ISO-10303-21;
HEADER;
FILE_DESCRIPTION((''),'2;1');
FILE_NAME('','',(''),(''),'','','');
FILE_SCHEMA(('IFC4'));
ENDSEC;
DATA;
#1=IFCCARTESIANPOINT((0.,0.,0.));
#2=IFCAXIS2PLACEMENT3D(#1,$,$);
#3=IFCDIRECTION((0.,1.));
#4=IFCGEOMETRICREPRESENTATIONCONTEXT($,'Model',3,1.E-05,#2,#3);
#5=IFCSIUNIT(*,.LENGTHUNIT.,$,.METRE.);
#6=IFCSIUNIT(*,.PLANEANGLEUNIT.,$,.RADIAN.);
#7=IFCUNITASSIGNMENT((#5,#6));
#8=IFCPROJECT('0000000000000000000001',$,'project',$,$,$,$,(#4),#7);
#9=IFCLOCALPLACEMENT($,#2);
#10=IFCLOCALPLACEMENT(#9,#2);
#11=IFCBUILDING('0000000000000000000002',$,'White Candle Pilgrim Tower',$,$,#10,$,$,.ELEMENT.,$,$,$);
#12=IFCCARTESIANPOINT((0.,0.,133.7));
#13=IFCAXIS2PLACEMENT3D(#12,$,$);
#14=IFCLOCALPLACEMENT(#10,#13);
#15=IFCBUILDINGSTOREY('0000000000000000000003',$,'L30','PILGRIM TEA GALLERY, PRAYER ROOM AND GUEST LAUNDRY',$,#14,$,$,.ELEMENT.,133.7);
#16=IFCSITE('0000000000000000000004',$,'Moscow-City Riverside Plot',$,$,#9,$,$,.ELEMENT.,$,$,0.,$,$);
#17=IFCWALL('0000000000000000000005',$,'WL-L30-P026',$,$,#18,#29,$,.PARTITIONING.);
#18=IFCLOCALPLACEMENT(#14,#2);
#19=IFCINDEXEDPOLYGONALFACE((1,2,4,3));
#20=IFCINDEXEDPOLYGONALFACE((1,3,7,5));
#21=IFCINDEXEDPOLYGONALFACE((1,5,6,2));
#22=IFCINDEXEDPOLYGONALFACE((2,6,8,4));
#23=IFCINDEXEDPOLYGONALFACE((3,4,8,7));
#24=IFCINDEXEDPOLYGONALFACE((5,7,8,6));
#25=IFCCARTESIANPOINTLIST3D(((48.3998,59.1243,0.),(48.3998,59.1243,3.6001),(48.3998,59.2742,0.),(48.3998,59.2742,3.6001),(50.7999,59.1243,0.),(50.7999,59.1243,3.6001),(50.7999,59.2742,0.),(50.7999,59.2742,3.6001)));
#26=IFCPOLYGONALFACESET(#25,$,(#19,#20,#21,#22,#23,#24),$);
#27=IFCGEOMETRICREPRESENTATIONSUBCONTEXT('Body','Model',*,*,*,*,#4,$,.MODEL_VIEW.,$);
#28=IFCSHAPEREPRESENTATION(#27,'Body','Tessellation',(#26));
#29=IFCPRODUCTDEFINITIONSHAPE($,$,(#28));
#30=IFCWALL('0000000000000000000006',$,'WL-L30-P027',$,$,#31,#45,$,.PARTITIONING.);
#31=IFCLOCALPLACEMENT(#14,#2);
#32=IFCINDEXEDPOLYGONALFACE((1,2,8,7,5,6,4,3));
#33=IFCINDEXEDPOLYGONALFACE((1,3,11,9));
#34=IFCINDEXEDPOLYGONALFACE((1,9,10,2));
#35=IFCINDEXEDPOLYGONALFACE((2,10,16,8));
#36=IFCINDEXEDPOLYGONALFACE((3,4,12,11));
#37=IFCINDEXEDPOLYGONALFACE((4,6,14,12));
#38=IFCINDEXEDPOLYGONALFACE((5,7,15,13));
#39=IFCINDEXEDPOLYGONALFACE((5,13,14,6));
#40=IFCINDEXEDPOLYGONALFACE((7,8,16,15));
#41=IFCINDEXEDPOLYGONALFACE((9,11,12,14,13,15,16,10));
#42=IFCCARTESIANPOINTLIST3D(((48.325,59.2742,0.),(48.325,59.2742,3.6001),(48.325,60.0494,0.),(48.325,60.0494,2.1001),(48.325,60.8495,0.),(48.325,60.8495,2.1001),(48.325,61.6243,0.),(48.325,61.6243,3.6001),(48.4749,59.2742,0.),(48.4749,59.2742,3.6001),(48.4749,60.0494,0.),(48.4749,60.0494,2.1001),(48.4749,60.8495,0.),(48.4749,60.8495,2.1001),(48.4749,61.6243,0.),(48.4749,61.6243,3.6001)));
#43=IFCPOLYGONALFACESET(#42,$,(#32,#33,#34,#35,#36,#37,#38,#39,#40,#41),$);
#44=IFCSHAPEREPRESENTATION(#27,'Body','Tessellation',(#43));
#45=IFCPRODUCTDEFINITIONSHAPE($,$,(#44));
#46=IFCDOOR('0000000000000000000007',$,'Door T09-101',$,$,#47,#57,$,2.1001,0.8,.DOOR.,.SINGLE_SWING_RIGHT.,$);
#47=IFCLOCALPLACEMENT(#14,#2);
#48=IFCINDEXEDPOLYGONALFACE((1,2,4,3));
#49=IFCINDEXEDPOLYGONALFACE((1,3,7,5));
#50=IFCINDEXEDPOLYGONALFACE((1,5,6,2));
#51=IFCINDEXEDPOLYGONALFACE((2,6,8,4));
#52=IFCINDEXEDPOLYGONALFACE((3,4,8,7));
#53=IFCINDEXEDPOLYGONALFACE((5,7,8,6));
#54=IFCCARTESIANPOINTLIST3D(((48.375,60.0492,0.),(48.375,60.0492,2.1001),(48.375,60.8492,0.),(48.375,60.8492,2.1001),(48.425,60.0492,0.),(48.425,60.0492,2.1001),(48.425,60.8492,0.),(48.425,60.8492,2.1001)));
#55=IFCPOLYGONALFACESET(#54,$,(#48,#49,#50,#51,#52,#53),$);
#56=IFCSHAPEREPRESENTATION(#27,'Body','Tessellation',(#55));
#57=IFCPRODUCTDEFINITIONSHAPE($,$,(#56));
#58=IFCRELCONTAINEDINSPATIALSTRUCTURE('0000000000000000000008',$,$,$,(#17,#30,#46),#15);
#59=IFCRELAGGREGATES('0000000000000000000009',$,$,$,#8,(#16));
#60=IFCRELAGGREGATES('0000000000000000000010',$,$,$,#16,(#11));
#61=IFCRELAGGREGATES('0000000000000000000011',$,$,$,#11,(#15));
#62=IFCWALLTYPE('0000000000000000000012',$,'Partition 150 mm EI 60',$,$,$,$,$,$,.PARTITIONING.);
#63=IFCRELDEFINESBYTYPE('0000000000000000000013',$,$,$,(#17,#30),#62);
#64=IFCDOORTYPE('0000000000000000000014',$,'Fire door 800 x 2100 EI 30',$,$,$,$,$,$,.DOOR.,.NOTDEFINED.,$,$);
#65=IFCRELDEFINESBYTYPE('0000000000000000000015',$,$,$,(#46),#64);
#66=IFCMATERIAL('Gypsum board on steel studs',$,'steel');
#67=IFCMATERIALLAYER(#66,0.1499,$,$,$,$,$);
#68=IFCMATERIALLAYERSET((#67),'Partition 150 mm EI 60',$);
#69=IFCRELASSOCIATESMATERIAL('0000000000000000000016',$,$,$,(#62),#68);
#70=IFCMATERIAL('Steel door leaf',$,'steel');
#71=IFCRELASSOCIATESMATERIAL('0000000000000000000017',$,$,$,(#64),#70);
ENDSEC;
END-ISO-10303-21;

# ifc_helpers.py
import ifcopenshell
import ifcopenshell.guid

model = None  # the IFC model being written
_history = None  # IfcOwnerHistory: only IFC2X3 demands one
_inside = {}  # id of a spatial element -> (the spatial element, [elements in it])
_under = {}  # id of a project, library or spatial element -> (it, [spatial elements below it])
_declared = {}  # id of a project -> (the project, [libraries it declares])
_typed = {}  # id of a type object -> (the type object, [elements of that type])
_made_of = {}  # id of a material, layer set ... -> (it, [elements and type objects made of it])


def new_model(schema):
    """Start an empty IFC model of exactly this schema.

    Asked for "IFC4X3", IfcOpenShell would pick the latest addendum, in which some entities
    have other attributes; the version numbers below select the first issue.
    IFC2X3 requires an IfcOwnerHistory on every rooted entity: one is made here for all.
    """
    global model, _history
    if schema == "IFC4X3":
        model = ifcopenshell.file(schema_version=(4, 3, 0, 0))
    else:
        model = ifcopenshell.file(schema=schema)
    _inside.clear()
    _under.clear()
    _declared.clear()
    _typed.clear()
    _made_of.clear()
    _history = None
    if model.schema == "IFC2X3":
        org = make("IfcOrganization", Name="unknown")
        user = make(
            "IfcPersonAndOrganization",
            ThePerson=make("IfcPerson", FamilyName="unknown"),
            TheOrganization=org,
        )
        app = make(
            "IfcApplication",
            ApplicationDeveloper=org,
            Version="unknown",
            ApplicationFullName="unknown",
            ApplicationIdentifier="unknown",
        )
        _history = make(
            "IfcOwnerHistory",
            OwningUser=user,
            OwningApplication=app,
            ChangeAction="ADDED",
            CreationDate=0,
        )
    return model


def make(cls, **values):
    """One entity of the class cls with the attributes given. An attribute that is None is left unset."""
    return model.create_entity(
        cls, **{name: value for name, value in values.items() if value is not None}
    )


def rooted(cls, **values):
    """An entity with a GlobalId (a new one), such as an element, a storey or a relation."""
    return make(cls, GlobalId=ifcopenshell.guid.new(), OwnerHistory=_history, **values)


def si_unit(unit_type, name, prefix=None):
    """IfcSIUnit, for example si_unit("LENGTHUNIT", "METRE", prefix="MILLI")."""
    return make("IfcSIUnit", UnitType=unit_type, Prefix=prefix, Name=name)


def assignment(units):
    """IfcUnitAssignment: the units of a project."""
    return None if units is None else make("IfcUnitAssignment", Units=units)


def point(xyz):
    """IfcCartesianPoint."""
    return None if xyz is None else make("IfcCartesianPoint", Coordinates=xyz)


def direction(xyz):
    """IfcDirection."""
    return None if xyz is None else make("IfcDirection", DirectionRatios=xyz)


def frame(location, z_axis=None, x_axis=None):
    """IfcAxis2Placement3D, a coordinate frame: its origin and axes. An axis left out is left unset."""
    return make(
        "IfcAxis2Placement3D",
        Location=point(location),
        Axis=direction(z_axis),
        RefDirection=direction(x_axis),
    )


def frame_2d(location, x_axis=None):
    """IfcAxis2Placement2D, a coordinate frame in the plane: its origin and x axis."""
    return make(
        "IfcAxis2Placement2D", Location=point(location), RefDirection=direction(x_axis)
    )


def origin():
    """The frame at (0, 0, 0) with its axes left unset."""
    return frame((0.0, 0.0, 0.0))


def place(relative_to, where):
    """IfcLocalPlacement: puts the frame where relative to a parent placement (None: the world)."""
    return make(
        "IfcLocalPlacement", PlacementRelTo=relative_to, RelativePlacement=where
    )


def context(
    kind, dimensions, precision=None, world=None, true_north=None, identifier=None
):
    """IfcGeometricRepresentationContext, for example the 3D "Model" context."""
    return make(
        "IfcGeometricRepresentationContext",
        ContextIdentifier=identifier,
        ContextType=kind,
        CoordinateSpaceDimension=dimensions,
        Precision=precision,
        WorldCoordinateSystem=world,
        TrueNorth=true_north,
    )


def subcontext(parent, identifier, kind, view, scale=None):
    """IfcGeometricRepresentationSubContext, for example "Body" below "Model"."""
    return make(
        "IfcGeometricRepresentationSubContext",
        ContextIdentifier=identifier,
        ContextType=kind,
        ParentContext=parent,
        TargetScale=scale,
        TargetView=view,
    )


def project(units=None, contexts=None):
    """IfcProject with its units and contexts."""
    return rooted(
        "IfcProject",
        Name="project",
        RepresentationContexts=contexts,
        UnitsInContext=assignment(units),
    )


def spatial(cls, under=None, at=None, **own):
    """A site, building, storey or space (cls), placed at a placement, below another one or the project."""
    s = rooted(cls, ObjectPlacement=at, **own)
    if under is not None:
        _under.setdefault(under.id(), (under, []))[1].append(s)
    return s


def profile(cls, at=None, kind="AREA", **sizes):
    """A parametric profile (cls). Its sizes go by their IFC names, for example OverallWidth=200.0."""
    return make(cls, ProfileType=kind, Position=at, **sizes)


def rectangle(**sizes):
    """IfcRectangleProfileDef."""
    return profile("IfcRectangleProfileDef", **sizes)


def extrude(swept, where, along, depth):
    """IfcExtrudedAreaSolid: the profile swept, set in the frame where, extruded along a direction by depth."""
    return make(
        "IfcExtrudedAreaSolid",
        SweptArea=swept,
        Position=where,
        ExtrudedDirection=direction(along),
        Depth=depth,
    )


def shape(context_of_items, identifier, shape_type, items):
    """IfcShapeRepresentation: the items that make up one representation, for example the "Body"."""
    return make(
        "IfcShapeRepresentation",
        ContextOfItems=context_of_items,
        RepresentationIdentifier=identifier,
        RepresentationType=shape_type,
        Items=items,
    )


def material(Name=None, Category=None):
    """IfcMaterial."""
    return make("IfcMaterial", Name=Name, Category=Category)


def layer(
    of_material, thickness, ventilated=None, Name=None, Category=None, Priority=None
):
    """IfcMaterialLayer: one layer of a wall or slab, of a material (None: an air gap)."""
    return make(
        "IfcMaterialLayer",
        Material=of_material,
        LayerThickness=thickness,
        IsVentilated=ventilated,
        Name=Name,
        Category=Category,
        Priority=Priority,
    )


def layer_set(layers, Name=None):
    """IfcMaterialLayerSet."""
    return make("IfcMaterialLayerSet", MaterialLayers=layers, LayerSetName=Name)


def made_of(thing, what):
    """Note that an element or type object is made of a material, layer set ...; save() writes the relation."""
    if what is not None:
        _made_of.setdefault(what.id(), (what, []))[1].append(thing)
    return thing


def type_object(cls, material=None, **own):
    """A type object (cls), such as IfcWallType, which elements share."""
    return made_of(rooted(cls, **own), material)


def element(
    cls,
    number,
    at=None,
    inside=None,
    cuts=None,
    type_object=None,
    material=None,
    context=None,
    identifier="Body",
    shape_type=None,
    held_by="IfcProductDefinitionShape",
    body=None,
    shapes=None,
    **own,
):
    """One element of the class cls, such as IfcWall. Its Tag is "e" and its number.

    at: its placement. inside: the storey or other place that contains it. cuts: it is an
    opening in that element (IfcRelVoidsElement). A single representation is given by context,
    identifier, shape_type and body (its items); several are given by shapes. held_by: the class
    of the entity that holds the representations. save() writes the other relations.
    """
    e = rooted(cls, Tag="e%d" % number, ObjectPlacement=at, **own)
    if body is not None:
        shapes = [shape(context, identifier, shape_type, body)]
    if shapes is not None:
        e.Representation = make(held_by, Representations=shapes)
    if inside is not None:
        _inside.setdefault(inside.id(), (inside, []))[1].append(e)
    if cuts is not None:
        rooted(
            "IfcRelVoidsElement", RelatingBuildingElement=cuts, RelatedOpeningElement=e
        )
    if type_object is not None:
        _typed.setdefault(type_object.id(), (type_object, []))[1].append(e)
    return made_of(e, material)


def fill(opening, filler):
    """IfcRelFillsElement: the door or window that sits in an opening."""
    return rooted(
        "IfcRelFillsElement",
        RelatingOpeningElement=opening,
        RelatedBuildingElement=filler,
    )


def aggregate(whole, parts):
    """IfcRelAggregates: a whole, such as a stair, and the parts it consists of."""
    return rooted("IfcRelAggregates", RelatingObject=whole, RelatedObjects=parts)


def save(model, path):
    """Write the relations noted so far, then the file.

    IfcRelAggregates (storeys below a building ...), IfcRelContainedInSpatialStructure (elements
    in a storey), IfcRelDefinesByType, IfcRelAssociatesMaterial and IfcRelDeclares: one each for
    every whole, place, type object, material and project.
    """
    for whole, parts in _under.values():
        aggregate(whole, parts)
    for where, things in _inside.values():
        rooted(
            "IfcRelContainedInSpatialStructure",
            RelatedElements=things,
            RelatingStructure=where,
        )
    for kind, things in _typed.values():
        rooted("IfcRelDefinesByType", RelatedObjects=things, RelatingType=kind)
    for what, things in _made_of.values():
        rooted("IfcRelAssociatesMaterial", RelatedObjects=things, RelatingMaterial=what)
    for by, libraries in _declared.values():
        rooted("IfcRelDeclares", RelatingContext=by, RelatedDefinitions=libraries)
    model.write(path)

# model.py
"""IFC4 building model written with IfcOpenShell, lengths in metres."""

from ifc_helpers import new_model, si_unit, direction, frame, frame_2d, origin, place, context, subcontext, project, spatial, rectangle, extrude, material, layer, layer_set, type_object, element, fill, save


model = new_model("IFC4")

# Units and contexts
model_context = context("Model", 3, precision=1e-05, world=origin(), true_north=direction((0.0, 1.0)))
body_context = subcontext(model_context, "Body", "Model", "MODEL_VIEW")
ifc_project = project(units=[si_unit("LENGTHUNIT", "METRE"), si_unit("PLANEANGLEUNIT", "RADIAN")], contexts=[model_context])

# Site, building, storey
site_placement = place(None, origin())
site = spatial("IfcSite", under=ifc_project, at=site_placement, Name="Moscow-City Riverside Plot", CompositionType="ELEMENT", RefElevation=0.0)
building_placement = place(site_placement, origin())
building = spatial("IfcBuilding", under=site, at=building_placement, Name="White Candle Pilgrim Tower", CompositionType="ELEMENT")
storey_placement = place(building_placement, frame((0.0, 0.0, 133.7)))
storey = spatial("IfcBuildingStorey", under=building, at=storey_placement, Name="L30", Description="PILGRIM TEA GALLERY, PRAYER ROOM AND GUEST LAUNDRY", CompositionType="ELEMENT", Elevation=133.7)

# Shared definitions
ifc_material_1 = material(Name="Gypsum board on steel studs", Category="steel")
ifc_material_2 = material(Name="Steel door leaf", Category="steel")

# Wall
ifc_layer_1 = layer(ifc_material_1, 0.1499)
ifc_layer_set_1 = layer_set([ifc_layer_1], Name="Partition 150 mm EI 60")
wall_type_1 = type_object("IfcWallType", Name="Partition 150 mm EI 60", PredefinedType="PARTITIONING", material=ifc_layer_set_1)
wall_1_placement = place(storey_placement, frame((50.8, 59.1992, 0.0), z_axis=(0.0, 0.0, 1.0), x_axis=(-1.0, 0.0, 0.0)))
element("IfcWall", 1, at=wall_1_placement, inside=storey, type_object=wall_type_1, Name="WL-L30-P026", PredefinedType="PARTITIONING", context=body_context, shape_type="SweptSolid", body=[
    extrude(rectangle(XDim=2.4001, YDim=0.1499, at=frame_2d((1.2002, 0.0))), origin(), (0.0, 0.0, 1.0), 3.6001),
])

# Wall, opening, door
wall_2_placement = place(storey_placement, frame((48.3999, 61.6243, 0.0), z_axis=(0.0, 0.0, 1.0), x_axis=(0.0, -1.0, 0.0)))
wall_2 = element("IfcWall", 2, at=wall_2_placement, inside=storey, type_object=wall_type_1, Name="WL-L30-P027", PredefinedType="PARTITIONING", context=body_context, shape_type="SweptSolid", body=[
    extrude(rectangle(XDim=2.3501, YDim=0.1499, at=frame_2d((1.175, 0.0))), origin(), (0.0, 0.0, 1.0), 3.6001),
])
opening_1_placement = place(wall_2_placement, frame((0.7749, 0.0, 0.0)))
opening_1 = element("IfcOpeningElement", 3, at=opening_1_placement, cuts=wall_2, PredefinedType="OPENING", context=body_context, shape_type="SweptSolid", body=[
    extrude(rectangle(XDim=0.8, YDim=2.1001, at=frame_2d((0.3999, 1.05))), frame((0.0, 0.085, 0.0), z_axis=(0.0, -1.0, 0.0), x_axis=(1.0, 0.0, 0.0)), (0.0, 0.0, 1.0), 0.1699),
])
door_type_1 = type_object("IfcDoorType", Name="Fire door 800 x 2100 EI 30", OperationType="NOTDEFINED", PredefinedType="DOOR", material=ifc_material_2)
door_1_placement = place(opening_1_placement, frame((0.8, 0.0, 0.0), z_axis=(0.0, 0.0, 1.0), x_axis=(-1.0, 0.0, 0.0)))
door_1 = element("IfcDoor", 4, at=door_1_placement, inside=storey, type_object=door_type_1, Name="Door T09-101", OperationType="SINGLE_SWING_RIGHT", OverallHeight=2.1001, OverallWidth=0.8, PredefinedType="DOOR", context=body_context, shape_type="SweptSolid", body=[
    extrude(rectangle(XDim=0.8, YDim=2.1001, at=frame_2d((0.3999, 1.05))), frame((0.0, 0.0249, 0.0), z_axis=(0.0, -1.0, 0.0), x_axis=(1.0, 0.0, 0.0)), (0.0, 0.0, 1.0), 0.05),
])
fill(opening_1, door_1)

save(model, "model.ifc")
